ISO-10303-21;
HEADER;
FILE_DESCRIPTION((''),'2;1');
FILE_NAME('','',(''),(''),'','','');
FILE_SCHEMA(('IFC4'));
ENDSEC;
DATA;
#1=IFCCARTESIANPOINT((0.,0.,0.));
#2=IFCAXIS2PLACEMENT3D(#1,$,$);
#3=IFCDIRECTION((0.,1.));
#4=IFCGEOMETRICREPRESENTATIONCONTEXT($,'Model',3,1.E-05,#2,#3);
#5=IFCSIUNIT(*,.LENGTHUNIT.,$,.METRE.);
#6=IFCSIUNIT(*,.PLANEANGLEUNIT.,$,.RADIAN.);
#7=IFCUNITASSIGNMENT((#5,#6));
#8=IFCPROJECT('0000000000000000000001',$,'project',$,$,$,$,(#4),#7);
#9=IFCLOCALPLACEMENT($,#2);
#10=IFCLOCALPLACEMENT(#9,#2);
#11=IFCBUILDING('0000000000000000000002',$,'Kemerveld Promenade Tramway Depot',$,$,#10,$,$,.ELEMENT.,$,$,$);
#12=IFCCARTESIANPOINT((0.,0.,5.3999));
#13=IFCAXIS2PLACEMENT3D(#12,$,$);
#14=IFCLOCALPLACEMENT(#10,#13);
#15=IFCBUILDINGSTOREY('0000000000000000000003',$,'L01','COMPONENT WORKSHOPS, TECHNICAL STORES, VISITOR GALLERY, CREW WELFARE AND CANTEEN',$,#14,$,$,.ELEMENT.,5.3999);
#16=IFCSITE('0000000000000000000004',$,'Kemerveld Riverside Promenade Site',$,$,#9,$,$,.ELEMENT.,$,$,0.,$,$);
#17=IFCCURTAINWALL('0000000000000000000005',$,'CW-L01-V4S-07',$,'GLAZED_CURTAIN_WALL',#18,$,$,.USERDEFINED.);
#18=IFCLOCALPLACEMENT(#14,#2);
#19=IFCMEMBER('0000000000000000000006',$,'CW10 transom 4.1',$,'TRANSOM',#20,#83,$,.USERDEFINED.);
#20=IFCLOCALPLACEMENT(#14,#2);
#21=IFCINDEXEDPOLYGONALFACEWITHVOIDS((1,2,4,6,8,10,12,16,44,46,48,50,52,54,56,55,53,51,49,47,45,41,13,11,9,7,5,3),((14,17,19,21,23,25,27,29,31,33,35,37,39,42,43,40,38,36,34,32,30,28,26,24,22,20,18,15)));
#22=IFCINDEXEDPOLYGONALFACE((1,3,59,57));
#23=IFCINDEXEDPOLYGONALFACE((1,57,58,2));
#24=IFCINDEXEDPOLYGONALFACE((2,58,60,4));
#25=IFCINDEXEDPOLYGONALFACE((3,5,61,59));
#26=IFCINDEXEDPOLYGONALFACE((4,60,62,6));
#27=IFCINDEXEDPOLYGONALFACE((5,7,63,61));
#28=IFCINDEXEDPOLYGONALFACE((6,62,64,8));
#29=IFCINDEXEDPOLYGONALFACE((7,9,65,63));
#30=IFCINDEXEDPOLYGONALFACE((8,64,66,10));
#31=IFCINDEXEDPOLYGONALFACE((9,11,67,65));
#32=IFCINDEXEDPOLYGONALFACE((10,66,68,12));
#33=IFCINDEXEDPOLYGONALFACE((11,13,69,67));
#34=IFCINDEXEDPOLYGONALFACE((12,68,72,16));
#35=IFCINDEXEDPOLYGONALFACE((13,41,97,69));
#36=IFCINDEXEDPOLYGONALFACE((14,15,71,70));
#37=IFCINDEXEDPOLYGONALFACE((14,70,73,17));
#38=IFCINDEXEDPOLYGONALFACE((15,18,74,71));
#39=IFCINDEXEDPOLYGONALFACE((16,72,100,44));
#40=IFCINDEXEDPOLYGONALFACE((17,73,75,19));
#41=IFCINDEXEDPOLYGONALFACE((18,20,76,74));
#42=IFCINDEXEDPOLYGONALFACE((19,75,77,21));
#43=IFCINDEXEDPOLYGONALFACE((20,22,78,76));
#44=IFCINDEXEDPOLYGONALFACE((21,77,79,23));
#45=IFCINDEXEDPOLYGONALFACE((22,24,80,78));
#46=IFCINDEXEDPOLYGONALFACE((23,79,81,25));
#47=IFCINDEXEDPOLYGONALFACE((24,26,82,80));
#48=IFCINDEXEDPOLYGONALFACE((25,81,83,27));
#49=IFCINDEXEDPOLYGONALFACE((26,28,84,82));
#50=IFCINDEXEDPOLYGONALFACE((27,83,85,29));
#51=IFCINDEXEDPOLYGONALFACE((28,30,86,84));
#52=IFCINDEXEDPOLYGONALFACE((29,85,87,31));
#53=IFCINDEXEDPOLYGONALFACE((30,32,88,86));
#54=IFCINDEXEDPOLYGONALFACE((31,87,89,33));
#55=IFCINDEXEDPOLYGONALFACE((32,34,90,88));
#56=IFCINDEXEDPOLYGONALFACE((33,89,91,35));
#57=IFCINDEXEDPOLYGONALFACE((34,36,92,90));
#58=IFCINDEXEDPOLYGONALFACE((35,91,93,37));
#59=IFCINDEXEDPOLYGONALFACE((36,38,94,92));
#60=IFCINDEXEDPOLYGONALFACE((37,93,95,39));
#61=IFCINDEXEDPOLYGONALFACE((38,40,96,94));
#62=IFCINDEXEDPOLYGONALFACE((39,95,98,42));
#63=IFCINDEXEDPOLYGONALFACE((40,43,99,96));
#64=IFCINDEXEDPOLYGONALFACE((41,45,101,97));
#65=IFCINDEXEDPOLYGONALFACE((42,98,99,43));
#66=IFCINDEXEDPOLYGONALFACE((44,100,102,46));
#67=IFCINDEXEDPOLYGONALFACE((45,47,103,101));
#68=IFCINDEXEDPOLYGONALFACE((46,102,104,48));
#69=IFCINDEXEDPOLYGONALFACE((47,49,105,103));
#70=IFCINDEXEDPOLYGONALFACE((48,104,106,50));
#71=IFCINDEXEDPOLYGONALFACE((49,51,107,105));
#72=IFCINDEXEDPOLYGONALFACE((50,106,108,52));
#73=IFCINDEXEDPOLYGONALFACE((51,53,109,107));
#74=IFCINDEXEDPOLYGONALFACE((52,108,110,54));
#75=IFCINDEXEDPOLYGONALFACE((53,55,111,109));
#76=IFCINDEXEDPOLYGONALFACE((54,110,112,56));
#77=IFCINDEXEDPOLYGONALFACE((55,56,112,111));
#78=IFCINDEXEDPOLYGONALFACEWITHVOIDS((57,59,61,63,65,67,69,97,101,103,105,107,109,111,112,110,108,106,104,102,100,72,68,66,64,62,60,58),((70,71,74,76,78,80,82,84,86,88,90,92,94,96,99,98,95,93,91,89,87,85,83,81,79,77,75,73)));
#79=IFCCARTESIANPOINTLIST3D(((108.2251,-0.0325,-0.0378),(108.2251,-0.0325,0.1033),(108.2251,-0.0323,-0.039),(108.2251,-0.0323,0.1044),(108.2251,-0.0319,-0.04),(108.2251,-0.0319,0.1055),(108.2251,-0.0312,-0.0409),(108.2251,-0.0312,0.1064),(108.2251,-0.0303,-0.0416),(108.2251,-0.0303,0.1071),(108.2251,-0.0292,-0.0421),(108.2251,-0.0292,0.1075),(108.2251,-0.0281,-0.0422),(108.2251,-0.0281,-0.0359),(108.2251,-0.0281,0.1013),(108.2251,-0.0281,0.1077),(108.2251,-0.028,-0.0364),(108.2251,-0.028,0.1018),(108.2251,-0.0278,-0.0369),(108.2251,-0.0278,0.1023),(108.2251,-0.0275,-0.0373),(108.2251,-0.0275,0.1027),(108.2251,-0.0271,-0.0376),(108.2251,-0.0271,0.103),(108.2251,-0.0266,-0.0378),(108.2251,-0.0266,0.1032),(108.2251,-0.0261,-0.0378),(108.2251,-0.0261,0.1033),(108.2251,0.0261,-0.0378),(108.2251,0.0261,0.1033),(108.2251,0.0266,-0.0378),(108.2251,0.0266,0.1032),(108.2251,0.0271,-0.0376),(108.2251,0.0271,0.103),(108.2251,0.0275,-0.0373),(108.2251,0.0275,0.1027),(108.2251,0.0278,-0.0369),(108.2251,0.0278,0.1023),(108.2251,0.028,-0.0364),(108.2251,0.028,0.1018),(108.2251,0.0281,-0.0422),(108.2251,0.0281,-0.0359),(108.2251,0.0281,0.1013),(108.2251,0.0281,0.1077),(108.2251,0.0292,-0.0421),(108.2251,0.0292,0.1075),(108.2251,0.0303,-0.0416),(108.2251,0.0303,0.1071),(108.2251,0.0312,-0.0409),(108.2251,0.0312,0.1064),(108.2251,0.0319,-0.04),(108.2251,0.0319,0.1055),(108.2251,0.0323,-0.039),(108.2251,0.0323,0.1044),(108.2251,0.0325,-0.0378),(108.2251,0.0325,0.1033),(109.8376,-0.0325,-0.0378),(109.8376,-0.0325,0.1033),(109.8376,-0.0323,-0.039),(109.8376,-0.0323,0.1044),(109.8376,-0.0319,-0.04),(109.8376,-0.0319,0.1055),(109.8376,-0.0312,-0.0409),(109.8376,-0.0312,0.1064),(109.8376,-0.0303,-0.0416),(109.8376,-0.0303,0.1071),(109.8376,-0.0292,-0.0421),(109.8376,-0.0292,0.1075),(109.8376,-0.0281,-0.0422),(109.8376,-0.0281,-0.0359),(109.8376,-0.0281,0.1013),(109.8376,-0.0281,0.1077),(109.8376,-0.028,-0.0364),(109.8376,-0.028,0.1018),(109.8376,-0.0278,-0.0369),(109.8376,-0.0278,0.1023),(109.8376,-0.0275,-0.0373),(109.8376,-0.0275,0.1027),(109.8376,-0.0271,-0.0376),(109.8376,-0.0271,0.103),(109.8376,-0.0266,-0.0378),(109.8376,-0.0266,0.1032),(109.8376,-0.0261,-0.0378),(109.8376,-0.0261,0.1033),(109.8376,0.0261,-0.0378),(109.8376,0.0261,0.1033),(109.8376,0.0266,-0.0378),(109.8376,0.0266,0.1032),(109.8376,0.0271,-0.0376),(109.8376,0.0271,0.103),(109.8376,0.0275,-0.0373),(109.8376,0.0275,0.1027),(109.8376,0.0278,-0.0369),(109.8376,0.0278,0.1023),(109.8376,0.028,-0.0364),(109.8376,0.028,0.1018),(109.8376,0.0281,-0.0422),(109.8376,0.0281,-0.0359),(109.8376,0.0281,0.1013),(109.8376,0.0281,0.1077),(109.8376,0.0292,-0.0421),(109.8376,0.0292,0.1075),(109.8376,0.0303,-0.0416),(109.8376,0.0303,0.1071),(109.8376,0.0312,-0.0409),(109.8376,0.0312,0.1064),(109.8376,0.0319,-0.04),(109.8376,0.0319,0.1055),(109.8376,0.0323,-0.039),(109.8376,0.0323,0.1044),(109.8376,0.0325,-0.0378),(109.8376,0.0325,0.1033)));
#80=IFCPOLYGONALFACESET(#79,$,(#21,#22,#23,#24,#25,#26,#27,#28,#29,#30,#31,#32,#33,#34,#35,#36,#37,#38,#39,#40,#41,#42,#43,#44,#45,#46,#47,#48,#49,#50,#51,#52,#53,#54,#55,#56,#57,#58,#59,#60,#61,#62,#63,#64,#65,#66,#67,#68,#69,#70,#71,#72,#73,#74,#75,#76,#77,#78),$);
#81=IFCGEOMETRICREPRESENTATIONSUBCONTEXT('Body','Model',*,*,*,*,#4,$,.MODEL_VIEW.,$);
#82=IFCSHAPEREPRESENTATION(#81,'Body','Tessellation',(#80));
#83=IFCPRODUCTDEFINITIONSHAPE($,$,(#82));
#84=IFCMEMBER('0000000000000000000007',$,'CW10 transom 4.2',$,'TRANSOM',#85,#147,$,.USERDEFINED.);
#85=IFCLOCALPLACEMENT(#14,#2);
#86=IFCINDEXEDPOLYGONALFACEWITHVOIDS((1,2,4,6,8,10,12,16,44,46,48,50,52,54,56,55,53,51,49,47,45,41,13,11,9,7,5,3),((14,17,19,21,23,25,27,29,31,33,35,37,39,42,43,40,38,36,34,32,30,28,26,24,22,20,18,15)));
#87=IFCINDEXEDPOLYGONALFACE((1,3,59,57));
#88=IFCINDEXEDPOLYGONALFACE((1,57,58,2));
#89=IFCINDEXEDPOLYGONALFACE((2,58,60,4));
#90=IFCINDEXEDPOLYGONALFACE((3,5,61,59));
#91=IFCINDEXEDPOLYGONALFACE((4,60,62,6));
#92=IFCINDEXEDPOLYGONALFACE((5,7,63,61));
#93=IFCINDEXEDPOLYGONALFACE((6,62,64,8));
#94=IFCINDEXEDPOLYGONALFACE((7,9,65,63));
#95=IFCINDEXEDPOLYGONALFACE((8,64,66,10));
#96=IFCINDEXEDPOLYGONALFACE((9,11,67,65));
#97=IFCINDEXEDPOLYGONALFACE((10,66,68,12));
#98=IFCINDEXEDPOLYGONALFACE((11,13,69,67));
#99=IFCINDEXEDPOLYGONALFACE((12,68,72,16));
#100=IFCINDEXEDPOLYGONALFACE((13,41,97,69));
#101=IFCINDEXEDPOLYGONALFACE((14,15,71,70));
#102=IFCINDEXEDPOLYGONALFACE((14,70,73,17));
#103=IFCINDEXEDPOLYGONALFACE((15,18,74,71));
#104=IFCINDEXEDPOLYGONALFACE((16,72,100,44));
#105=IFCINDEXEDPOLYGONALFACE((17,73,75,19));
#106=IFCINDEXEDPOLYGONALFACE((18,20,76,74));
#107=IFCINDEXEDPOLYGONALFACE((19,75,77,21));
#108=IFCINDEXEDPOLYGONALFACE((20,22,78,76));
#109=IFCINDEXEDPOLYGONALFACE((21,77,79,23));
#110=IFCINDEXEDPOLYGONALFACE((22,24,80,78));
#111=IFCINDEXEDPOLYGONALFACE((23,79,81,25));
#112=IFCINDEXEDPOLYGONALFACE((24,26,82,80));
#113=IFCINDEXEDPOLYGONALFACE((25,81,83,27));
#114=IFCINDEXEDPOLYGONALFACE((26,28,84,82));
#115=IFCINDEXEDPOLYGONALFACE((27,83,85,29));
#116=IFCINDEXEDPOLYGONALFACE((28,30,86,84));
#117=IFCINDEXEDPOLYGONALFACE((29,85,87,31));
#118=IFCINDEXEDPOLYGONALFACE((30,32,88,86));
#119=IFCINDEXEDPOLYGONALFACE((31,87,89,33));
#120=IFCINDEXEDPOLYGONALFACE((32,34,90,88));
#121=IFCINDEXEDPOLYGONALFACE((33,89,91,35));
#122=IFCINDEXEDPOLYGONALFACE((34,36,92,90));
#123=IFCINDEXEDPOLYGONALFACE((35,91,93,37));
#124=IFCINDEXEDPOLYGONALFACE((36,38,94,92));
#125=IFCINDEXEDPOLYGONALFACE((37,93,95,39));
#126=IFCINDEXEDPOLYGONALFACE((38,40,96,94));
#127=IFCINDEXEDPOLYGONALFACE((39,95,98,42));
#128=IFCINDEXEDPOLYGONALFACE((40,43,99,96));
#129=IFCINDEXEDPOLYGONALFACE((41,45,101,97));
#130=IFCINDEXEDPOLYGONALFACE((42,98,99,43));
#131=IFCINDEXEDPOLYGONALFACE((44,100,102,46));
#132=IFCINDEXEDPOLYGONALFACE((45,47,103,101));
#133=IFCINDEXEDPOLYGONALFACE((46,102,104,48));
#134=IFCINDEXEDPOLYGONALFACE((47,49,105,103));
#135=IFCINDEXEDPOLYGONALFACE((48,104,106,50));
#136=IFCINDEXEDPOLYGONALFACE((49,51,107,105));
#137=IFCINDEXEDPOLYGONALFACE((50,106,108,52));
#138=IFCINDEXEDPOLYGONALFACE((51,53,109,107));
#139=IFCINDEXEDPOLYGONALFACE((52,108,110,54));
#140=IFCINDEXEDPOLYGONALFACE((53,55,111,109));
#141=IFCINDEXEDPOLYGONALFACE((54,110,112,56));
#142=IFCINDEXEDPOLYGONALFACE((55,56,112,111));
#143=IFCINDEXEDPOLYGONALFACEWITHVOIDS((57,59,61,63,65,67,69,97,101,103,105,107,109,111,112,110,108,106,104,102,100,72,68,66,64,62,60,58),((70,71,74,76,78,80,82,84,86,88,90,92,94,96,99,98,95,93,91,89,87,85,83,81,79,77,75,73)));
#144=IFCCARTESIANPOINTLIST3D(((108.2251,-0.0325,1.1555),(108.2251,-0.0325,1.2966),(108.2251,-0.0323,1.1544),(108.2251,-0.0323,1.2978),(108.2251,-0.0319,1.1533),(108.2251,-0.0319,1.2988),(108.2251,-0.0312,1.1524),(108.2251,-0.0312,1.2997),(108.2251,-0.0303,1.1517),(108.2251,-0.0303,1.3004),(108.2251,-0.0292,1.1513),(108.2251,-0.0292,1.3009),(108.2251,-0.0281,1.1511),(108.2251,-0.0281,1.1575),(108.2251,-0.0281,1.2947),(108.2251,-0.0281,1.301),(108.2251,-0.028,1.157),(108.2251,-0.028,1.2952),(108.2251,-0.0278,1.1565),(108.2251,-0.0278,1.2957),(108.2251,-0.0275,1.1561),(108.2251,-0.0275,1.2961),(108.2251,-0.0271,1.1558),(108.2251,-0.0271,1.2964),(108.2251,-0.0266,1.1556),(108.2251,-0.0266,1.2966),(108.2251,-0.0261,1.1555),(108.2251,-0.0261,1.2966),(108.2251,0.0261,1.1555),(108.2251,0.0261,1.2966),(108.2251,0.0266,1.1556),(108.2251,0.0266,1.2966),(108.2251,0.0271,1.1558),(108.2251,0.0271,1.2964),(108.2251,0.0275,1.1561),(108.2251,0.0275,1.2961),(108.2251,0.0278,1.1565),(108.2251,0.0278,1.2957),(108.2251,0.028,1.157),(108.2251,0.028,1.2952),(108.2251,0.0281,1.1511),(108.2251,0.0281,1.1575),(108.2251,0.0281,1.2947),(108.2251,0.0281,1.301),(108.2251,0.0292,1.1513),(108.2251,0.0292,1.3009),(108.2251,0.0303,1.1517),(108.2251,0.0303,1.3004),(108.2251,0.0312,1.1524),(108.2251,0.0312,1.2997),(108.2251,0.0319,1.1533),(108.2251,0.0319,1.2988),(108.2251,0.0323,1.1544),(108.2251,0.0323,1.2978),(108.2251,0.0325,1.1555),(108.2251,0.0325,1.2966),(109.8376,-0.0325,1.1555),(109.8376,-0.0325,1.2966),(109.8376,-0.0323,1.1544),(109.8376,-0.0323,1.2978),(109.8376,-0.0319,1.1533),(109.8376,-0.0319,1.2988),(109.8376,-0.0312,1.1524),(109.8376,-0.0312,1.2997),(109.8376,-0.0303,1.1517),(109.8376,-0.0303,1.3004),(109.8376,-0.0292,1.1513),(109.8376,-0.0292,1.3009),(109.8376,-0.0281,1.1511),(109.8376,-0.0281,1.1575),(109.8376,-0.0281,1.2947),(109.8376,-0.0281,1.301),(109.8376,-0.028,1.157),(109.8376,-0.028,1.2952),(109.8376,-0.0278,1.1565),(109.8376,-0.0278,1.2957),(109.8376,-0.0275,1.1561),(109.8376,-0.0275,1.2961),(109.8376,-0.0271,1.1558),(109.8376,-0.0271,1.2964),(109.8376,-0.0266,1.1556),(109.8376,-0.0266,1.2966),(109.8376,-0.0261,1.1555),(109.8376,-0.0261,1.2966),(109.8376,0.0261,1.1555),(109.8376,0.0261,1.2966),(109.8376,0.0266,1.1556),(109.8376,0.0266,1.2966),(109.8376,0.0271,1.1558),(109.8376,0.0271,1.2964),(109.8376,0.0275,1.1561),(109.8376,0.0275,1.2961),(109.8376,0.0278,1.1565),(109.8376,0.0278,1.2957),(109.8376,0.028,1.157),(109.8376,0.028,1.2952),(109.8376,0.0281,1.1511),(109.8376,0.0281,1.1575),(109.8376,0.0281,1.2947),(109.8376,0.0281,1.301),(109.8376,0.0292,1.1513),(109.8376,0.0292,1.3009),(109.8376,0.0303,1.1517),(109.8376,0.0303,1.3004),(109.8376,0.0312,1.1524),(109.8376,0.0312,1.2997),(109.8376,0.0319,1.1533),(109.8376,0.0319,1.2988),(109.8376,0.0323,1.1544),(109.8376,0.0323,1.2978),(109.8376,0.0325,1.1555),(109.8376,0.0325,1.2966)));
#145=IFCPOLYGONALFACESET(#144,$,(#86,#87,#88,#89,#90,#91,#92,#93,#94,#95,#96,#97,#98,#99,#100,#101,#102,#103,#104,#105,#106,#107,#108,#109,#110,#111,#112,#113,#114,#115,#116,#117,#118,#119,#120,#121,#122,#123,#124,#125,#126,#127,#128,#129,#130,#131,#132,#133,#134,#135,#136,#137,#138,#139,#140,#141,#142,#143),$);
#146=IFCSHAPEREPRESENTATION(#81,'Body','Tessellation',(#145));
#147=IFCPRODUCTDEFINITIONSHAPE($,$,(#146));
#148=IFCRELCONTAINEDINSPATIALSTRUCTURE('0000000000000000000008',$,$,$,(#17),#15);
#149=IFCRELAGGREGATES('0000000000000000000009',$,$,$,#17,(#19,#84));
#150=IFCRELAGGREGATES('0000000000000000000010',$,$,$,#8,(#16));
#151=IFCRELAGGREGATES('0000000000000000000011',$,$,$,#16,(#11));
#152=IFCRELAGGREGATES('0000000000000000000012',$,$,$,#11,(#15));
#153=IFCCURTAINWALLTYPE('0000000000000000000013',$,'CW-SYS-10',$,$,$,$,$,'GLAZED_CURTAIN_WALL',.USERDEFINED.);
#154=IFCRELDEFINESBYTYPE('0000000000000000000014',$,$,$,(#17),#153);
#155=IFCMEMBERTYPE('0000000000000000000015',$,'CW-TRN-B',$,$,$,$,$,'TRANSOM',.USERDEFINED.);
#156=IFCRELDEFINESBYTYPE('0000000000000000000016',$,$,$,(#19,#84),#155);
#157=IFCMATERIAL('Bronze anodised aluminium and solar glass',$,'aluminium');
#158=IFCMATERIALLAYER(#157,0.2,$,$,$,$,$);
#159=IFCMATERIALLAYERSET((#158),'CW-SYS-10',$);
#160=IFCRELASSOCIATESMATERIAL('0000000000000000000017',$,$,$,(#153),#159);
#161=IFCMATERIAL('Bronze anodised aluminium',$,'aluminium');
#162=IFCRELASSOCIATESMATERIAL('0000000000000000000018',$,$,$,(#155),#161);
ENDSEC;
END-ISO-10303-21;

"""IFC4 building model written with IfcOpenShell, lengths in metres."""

from ifc_helpers import new_model, si_unit, direction, frame, origin, origin_2d, place, context, subcontext, project, spatial, hollow_rectangle, extrude, material, layer, layer_set, material_profile, profile_set, type_object, element, aggregate, save


model = new_model("IFC4")

# Units and contexts
model_context = context("Model", 3, precision=1e-05, world=origin(), true_north=direction((0.0, 1.0)))
body_context = subcontext(model_context, "Body", "Model", "MODEL_VIEW")
ifc_project = project(units=[si_unit("LENGTHUNIT", "METRE"), si_unit("PLANEANGLEUNIT", "RADIAN")], contexts=[model_context])

# Site, building, storey
site_placement = place(None, origin())
site = spatial("IfcSite", under=ifc_project, at=site_placement, Name="Kemerveld Riverside Promenade Site", CompositionType="ELEMENT", RefElevation=0.0)
building_placement = place(site_placement, origin())
building = spatial("IfcBuilding", under=site, at=building_placement, Name="Kemerveld Promenade Tramway Depot", CompositionType="ELEMENT")
storey_placement = place(building_placement, frame((0.0, 0.0, 5.3999)))
storey = spatial("IfcBuildingStorey", under=building, at=storey_placement, Name="L01", Description="COMPONENT WORKSHOPS, TECHNICAL STORES, VISITOR GALLERY, CREW WELFARE AND CANTEEN", CompositionType="ELEMENT", Elevation=5.3999)

# Curtain wall, members
ifc_material_1 = material(Name="Bronze anodised aluminium and solar glass", Category="aluminium")
ifc_layer_1 = layer(ifc_material_1, 0.2)
ifc_layer_set_1 = layer_set([ifc_layer_1], Name="CW-SYS-10")
curtain_wall_type = type_object("IfcCurtainWallType", Name="CW-SYS-10", ElementType="GLAZED_CURTAIN_WALL", PredefinedType="USERDEFINED", material=ifc_layer_set_1)
curtain_wall_placement = place(storey_placement, origin())
curtain_wall = element("IfcCurtainWall", 1, at=curtain_wall_placement, inside=storey, type_object=curtain_wall_type, Name="CW-L01-V4S-07", ObjectType="GLAZED_CURTAIN_WALL", PredefinedType="USERDEFINED")
ifc_material_2 = material(Name="Bronze anodised aluminium", Category="aluminium")
ifc_material_profile_1 = material_profile(ifc_material_2, hollow_rectangle(XDim=0.0649, YDim=0.1499, WallThickness=0.0044, InnerFilletRadius=0.002, OuterFilletRadius=0.0044, at=origin_2d()), Name="CW-TRN-150x65")
ifc_profile_set_1 = profile_set([ifc_material_profile_1], Name="Bronze anodised aluminium")
member_type_1 = type_object("IfcMemberType", Name="CW-TRN-B", ElementType="TRANSOM", PredefinedType="USERDEFINED", material=ifc_profile_set_1)
member_1_placement = place(storey_placement, frame((109.8376, 0.0, 0.0327), z_axis=(-1.0, 0.0, 0.0), x_axis=(0.0, -1.0, 0.0)))
member_1 = element("IfcMember", 2, at=member_1_placement, type_object=member_type_1, Name="CW10 transom 4.1", ObjectType="TRANSOM", PredefinedType="USERDEFINED", context=body_context, shape_type="SweptSolid", body=[
    extrude(hollow_rectangle(XDim=0.0649, YDim=0.1499, WallThickness=0.0044, InnerFilletRadius=0.002, OuterFilletRadius=0.0044, at=origin_2d()), origin(), (0.0, 0.0, 1.0), 1.6125),
])
member_2_placement = place(storey_placement, frame((109.8376, 0.0, 1.2261), z_axis=(-1.0, 0.0, 0.0), x_axis=(0.0, -1.0, 0.0)))
member_2 = element("IfcMember", 3, at=member_2_placement, type_object=member_type_1, Name="CW10 transom 4.2", ObjectType="TRANSOM", PredefinedType="USERDEFINED", context=body_context, shape_type="SweptSolid", body=[
    extrude(hollow_rectangle(XDim=0.0649, YDim=0.1499, WallThickness=0.0044, InnerFilletRadius=0.002, OuterFilletRadius=0.0044, at=origin_2d()), origin(), (0.0, 0.0, 1.0), 1.6125),
])
aggregate(curtain_wall, [member_1, member_2])

save(model, "model.ifc")
